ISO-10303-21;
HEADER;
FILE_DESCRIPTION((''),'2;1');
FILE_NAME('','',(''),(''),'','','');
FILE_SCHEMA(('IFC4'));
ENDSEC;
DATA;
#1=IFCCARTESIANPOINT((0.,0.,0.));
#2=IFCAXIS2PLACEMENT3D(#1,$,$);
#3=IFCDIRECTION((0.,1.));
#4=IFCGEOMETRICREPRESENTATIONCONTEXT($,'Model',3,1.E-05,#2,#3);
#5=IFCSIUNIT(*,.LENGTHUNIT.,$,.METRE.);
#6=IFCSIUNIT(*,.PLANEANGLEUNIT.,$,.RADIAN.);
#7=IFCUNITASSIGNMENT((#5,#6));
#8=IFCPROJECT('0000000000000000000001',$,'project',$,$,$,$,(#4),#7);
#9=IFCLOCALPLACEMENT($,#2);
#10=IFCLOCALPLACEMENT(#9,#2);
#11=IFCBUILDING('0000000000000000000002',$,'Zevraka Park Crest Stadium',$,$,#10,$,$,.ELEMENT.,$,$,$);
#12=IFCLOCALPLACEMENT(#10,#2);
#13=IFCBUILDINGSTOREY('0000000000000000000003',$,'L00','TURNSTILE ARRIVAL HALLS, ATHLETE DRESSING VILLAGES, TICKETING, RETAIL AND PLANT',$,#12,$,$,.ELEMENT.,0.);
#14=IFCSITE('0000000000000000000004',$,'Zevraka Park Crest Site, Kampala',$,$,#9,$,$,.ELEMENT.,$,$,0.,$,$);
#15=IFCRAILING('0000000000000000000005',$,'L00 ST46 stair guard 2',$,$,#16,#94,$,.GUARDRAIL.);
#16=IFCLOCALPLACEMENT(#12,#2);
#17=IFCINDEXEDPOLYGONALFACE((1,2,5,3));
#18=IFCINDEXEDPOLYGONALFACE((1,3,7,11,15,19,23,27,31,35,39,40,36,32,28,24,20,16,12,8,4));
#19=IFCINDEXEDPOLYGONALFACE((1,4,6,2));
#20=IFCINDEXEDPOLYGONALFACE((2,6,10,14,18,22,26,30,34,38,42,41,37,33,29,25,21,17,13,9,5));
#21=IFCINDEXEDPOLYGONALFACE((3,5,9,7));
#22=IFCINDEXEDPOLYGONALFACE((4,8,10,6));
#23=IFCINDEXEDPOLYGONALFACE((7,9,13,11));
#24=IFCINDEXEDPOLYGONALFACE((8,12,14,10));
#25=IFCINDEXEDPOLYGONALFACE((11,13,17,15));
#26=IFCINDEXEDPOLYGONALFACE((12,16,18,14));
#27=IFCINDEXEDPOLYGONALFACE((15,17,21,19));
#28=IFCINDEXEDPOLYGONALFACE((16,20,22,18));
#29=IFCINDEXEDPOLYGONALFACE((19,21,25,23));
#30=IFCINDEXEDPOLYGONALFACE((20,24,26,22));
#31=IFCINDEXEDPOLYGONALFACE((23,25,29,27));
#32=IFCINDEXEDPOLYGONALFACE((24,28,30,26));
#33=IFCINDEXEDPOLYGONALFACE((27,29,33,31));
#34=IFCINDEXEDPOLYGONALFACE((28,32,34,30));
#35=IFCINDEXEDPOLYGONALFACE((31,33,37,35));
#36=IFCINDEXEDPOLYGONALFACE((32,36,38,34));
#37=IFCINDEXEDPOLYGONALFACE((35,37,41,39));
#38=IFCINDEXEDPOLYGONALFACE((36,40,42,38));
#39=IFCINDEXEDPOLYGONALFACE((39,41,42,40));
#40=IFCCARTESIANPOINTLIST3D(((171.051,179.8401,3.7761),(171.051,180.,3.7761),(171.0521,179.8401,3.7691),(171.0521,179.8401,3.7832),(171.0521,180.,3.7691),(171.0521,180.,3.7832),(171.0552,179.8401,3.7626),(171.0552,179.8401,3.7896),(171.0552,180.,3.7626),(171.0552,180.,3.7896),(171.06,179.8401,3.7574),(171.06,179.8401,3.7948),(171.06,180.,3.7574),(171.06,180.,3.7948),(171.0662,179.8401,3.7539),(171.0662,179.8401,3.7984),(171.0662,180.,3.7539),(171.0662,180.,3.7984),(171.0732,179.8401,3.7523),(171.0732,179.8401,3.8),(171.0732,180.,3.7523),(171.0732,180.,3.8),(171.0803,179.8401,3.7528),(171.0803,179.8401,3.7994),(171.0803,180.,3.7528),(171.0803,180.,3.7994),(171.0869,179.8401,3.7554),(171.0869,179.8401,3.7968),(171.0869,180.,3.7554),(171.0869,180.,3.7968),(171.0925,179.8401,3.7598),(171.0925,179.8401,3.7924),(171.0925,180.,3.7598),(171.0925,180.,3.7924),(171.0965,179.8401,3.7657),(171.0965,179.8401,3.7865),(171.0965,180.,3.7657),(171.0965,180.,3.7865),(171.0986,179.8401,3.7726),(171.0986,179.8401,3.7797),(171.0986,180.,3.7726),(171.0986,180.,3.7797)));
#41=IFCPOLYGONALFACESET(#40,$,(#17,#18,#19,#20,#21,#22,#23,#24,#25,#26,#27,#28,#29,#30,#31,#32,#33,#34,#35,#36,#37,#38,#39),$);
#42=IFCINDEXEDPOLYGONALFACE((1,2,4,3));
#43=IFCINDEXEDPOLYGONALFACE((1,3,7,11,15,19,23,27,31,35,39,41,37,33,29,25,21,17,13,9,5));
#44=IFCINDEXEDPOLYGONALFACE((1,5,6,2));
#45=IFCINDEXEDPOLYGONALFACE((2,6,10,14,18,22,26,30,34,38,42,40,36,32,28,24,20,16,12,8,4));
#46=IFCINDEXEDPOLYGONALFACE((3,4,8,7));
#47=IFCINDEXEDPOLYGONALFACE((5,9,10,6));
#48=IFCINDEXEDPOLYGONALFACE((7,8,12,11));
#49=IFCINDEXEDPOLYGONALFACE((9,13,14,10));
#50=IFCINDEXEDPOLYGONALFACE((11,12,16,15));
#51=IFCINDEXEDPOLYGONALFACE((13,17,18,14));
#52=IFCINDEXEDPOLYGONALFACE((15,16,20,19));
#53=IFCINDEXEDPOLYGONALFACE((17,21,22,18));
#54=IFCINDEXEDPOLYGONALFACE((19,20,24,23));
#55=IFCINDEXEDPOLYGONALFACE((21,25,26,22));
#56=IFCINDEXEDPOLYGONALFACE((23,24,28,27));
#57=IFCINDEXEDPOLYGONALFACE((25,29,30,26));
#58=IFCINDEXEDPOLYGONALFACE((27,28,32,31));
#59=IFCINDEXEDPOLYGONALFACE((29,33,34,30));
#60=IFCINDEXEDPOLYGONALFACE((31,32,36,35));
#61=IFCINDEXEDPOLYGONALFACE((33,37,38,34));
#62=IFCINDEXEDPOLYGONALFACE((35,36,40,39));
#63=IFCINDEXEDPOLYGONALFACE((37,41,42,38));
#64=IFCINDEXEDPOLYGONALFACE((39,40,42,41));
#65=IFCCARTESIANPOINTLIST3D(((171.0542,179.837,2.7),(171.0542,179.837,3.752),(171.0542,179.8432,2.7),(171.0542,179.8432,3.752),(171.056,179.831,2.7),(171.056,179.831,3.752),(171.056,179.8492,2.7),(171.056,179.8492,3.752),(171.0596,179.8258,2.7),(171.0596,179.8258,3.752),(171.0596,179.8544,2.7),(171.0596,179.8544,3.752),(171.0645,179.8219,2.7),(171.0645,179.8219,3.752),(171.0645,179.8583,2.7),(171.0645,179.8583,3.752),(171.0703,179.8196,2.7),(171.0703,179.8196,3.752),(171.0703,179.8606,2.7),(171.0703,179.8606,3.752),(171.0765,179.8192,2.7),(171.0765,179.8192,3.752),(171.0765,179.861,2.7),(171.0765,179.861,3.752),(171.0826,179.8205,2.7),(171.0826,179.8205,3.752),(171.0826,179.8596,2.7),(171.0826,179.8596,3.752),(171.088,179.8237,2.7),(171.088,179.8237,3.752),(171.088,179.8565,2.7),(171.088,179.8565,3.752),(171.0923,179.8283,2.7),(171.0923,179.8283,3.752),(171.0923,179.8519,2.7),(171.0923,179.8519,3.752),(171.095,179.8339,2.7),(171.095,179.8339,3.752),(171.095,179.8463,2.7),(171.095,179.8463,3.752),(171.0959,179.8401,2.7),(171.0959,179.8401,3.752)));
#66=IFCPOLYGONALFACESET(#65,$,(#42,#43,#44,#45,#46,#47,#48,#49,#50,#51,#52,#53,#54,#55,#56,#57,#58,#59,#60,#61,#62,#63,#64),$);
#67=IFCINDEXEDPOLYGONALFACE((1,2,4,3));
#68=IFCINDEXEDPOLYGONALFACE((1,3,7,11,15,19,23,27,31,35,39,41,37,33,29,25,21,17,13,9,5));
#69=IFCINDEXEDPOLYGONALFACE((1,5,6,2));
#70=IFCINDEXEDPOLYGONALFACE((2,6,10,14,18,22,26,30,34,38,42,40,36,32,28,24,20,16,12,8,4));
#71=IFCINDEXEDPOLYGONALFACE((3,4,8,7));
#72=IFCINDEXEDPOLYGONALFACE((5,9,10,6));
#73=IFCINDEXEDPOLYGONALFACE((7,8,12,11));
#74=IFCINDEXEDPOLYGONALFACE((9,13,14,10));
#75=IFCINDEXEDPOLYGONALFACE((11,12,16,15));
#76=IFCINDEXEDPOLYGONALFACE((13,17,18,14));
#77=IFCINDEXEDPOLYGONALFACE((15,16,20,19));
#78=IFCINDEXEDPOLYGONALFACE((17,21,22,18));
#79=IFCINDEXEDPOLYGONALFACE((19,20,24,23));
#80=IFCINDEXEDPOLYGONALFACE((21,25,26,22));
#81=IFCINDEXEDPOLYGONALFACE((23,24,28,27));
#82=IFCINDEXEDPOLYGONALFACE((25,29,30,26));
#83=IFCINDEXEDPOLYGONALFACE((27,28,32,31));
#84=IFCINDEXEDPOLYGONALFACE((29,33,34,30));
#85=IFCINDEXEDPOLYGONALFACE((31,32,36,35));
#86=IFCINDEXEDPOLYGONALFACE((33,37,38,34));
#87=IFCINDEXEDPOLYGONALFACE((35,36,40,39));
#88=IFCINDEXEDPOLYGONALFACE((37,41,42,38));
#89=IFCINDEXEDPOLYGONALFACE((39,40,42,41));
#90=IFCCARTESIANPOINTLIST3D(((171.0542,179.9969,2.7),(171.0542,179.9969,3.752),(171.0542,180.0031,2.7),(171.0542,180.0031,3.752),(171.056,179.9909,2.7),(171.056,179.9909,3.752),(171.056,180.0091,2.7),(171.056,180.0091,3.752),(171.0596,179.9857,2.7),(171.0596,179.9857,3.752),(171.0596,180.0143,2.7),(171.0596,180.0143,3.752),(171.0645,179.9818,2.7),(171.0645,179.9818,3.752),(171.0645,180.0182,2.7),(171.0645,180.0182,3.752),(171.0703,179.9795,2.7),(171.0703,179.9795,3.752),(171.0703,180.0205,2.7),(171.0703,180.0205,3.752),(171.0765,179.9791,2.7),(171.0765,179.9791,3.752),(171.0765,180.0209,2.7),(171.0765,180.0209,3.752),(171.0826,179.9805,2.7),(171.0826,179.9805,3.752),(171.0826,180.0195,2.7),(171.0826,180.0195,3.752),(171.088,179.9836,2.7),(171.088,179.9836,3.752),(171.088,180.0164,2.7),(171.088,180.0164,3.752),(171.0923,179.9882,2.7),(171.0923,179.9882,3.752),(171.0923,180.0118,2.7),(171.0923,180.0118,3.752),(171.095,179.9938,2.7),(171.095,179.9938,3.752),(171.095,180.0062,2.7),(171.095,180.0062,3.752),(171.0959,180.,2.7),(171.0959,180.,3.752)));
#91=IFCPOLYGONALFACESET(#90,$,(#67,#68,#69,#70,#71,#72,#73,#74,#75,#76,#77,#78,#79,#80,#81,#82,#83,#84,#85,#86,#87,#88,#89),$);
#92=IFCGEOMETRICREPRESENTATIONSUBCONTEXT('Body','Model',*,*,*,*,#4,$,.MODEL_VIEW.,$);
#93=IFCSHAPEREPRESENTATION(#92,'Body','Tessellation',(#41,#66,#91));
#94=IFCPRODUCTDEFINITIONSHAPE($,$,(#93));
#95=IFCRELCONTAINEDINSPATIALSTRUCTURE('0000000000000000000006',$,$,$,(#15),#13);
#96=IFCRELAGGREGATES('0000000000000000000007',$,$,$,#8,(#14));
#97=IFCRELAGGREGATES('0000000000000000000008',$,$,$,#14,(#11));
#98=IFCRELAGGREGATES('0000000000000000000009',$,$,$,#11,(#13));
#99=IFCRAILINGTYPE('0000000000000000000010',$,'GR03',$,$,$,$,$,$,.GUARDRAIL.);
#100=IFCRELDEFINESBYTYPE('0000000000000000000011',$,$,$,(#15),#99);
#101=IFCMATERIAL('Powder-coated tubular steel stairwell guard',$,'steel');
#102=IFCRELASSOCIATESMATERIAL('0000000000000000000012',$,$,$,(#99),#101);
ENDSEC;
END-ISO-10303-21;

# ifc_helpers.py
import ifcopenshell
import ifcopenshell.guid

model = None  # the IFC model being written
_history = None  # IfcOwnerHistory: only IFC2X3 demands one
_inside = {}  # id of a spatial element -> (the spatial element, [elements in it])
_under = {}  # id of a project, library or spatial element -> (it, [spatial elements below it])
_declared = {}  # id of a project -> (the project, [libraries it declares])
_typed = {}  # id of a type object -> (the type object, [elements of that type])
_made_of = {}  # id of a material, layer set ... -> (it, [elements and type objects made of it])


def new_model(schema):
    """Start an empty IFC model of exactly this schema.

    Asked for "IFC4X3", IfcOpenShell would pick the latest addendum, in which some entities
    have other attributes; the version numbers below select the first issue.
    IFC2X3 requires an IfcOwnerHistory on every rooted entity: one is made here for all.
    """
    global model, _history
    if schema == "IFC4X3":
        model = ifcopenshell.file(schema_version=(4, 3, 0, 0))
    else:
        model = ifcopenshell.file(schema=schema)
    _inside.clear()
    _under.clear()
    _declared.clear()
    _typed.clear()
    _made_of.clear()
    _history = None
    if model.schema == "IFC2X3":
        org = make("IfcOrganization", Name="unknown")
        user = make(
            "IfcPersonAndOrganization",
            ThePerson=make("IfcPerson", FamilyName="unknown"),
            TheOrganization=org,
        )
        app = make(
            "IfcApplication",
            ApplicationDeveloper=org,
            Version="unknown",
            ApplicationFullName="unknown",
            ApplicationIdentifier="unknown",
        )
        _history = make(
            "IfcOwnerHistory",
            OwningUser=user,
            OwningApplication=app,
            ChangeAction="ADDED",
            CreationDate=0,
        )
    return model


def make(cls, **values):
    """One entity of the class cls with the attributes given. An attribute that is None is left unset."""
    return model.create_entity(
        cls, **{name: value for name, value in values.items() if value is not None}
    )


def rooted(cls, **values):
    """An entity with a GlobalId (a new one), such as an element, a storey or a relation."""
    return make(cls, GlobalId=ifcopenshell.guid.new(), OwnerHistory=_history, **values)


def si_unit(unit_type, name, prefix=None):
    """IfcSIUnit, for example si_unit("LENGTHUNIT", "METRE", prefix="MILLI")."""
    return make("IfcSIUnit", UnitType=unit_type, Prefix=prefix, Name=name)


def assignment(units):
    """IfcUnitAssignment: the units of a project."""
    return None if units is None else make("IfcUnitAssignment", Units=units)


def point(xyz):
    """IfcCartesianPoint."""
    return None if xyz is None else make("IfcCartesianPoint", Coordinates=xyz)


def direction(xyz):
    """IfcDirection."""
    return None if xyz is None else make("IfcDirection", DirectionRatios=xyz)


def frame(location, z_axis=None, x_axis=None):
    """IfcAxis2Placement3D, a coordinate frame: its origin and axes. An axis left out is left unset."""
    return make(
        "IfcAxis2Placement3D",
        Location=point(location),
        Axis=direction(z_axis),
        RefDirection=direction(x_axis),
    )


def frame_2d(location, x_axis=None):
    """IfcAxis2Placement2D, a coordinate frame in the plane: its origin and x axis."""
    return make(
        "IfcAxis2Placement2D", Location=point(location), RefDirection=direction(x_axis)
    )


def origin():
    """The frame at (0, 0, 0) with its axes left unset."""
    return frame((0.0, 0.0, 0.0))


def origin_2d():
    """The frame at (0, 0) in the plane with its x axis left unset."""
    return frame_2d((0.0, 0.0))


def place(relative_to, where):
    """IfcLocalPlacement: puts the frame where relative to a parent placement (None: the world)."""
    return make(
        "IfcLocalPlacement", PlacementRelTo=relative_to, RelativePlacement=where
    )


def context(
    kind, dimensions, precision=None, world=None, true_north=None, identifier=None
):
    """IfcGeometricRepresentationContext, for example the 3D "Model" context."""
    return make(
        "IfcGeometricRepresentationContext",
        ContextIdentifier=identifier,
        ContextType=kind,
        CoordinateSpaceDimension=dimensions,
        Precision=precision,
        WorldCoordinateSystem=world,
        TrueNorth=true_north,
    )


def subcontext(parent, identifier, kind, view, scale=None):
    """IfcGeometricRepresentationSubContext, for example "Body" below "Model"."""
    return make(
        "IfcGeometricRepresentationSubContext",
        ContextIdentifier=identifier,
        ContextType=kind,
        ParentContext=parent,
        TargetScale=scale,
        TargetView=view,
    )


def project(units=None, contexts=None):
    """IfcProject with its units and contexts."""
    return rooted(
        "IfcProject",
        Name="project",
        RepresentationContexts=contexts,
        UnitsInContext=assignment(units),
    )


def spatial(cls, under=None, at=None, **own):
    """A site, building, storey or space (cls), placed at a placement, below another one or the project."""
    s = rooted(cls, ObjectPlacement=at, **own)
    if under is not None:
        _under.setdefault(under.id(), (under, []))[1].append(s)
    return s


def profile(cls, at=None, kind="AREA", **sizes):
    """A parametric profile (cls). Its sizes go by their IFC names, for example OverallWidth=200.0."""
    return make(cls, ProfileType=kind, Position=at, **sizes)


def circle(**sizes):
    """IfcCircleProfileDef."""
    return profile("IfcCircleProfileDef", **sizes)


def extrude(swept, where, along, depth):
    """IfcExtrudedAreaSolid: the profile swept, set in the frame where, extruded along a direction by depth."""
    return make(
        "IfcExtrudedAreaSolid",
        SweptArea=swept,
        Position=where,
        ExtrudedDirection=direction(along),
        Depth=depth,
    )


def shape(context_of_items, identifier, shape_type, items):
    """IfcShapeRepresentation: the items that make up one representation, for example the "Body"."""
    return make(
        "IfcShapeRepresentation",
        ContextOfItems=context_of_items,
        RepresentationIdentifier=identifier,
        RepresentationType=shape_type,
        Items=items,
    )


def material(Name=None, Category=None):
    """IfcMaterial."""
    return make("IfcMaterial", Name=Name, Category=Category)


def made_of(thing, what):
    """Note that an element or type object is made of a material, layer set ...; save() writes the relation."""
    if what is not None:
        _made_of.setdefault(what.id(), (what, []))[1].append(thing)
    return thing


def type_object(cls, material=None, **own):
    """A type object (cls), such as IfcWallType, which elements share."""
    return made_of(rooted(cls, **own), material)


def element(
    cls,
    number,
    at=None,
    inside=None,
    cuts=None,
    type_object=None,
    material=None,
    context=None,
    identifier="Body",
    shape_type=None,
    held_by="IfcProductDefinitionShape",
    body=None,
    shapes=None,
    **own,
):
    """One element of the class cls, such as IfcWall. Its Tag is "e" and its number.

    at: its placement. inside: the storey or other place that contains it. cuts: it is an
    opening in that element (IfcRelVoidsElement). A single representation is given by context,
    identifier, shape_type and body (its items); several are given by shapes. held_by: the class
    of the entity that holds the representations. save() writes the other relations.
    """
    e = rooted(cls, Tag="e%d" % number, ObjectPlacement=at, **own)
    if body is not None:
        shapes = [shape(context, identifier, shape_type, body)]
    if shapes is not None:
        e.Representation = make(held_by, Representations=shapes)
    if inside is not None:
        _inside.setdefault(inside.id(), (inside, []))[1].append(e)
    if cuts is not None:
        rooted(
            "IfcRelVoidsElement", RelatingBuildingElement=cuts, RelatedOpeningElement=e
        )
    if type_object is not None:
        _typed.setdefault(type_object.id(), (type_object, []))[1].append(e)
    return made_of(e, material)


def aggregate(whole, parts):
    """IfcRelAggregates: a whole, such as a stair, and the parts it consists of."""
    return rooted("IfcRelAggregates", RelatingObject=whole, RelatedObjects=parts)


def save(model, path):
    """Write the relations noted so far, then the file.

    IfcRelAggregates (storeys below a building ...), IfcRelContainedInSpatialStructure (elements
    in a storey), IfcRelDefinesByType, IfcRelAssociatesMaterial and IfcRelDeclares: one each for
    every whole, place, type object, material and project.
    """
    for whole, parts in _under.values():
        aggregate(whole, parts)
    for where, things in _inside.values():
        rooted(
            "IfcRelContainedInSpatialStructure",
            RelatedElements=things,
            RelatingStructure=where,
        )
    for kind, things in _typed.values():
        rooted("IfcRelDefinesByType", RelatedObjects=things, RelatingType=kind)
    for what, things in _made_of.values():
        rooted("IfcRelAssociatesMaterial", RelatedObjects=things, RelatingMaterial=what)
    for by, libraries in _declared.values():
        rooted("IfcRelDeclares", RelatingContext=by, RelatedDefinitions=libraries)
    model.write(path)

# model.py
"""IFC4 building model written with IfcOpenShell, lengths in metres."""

from ifc_helpers import new_model, si_unit, direction, frame, origin, origin_2d, place, context, subcontext, project, spatial, circle, extrude, material, type_object, element, save


model = new_model("IFC4")

# Units and contexts
model_context = context("Model", 3, precision=1e-05, world=origin(), true_north=direction((0.0, 1.0)))
body_context = subcontext(model_context, "Body", "Model", "MODEL_VIEW")
ifc_project = project(units=[si_unit("LENGTHUNIT", "METRE"), si_unit("PLANEANGLEUNIT", "RADIAN")], contexts=[model_context])

# Site, building, storey
site_placement = place(None, origin())
site = spatial("IfcSite", under=ifc_project, at=site_placement, Name="Zevraka Park Crest Site, Kampala", CompositionType="ELEMENT", RefElevation=0.0)
building_placement = place(site_placement, origin())
building = spatial("IfcBuilding", under=site, at=building_placement, Name="Zevraka Park Crest Stadium", CompositionType="ELEMENT")
storey_placement = place(building_placement, origin())
storey = spatial("IfcBuildingStorey", under=building, at=storey_placement, Name="L00", Description="TURNSTILE ARRIVAL HALLS, ATHLETE DRESSING VILLAGES, TICKETING, RETAIL AND PLANT", CompositionType="ELEMENT", Elevation=0.0)

# Railing
ifc_material_1 = material(Name="Powder-coated tubular steel stairwell guard", Category="steel")
railing_type_1 = type_object("IfcRailingType", Name="GR03", PredefinedType="GUARDRAIL", material=ifc_material_1)
railing_1_placement = place(storey_placement, frame((171.075, 179.8401, 2.7)))
element("IfcRailing", 1, at=railing_1_placement, inside=storey, type_object=railing_type_1, Name="L00 ST46 stair guard 2", PredefinedType="GUARDRAIL", context=body_context, shape_type="SweptSolid", body=[
    extrude(circle(Radius=0.0239, at=origin_2d()), frame((0.0, 0.0, 1.0762), z_axis=(0.0, 1.0, 0.0), x_axis=(-1.0, 0.0, 0.0)), (0.0, 0.0, 1.0), 0.1599),
    extrude(circle(Radius=0.021, at=origin_2d()), origin(), (0.0, 0.0, 1.0), 1.052),
    extrude(circle(Radius=0.021, at=origin_2d()), frame((0.0, 0.1599, 0.0)), (0.0, 0.0, 1.0), 1.052),
])

save(model, "model.ifc")
